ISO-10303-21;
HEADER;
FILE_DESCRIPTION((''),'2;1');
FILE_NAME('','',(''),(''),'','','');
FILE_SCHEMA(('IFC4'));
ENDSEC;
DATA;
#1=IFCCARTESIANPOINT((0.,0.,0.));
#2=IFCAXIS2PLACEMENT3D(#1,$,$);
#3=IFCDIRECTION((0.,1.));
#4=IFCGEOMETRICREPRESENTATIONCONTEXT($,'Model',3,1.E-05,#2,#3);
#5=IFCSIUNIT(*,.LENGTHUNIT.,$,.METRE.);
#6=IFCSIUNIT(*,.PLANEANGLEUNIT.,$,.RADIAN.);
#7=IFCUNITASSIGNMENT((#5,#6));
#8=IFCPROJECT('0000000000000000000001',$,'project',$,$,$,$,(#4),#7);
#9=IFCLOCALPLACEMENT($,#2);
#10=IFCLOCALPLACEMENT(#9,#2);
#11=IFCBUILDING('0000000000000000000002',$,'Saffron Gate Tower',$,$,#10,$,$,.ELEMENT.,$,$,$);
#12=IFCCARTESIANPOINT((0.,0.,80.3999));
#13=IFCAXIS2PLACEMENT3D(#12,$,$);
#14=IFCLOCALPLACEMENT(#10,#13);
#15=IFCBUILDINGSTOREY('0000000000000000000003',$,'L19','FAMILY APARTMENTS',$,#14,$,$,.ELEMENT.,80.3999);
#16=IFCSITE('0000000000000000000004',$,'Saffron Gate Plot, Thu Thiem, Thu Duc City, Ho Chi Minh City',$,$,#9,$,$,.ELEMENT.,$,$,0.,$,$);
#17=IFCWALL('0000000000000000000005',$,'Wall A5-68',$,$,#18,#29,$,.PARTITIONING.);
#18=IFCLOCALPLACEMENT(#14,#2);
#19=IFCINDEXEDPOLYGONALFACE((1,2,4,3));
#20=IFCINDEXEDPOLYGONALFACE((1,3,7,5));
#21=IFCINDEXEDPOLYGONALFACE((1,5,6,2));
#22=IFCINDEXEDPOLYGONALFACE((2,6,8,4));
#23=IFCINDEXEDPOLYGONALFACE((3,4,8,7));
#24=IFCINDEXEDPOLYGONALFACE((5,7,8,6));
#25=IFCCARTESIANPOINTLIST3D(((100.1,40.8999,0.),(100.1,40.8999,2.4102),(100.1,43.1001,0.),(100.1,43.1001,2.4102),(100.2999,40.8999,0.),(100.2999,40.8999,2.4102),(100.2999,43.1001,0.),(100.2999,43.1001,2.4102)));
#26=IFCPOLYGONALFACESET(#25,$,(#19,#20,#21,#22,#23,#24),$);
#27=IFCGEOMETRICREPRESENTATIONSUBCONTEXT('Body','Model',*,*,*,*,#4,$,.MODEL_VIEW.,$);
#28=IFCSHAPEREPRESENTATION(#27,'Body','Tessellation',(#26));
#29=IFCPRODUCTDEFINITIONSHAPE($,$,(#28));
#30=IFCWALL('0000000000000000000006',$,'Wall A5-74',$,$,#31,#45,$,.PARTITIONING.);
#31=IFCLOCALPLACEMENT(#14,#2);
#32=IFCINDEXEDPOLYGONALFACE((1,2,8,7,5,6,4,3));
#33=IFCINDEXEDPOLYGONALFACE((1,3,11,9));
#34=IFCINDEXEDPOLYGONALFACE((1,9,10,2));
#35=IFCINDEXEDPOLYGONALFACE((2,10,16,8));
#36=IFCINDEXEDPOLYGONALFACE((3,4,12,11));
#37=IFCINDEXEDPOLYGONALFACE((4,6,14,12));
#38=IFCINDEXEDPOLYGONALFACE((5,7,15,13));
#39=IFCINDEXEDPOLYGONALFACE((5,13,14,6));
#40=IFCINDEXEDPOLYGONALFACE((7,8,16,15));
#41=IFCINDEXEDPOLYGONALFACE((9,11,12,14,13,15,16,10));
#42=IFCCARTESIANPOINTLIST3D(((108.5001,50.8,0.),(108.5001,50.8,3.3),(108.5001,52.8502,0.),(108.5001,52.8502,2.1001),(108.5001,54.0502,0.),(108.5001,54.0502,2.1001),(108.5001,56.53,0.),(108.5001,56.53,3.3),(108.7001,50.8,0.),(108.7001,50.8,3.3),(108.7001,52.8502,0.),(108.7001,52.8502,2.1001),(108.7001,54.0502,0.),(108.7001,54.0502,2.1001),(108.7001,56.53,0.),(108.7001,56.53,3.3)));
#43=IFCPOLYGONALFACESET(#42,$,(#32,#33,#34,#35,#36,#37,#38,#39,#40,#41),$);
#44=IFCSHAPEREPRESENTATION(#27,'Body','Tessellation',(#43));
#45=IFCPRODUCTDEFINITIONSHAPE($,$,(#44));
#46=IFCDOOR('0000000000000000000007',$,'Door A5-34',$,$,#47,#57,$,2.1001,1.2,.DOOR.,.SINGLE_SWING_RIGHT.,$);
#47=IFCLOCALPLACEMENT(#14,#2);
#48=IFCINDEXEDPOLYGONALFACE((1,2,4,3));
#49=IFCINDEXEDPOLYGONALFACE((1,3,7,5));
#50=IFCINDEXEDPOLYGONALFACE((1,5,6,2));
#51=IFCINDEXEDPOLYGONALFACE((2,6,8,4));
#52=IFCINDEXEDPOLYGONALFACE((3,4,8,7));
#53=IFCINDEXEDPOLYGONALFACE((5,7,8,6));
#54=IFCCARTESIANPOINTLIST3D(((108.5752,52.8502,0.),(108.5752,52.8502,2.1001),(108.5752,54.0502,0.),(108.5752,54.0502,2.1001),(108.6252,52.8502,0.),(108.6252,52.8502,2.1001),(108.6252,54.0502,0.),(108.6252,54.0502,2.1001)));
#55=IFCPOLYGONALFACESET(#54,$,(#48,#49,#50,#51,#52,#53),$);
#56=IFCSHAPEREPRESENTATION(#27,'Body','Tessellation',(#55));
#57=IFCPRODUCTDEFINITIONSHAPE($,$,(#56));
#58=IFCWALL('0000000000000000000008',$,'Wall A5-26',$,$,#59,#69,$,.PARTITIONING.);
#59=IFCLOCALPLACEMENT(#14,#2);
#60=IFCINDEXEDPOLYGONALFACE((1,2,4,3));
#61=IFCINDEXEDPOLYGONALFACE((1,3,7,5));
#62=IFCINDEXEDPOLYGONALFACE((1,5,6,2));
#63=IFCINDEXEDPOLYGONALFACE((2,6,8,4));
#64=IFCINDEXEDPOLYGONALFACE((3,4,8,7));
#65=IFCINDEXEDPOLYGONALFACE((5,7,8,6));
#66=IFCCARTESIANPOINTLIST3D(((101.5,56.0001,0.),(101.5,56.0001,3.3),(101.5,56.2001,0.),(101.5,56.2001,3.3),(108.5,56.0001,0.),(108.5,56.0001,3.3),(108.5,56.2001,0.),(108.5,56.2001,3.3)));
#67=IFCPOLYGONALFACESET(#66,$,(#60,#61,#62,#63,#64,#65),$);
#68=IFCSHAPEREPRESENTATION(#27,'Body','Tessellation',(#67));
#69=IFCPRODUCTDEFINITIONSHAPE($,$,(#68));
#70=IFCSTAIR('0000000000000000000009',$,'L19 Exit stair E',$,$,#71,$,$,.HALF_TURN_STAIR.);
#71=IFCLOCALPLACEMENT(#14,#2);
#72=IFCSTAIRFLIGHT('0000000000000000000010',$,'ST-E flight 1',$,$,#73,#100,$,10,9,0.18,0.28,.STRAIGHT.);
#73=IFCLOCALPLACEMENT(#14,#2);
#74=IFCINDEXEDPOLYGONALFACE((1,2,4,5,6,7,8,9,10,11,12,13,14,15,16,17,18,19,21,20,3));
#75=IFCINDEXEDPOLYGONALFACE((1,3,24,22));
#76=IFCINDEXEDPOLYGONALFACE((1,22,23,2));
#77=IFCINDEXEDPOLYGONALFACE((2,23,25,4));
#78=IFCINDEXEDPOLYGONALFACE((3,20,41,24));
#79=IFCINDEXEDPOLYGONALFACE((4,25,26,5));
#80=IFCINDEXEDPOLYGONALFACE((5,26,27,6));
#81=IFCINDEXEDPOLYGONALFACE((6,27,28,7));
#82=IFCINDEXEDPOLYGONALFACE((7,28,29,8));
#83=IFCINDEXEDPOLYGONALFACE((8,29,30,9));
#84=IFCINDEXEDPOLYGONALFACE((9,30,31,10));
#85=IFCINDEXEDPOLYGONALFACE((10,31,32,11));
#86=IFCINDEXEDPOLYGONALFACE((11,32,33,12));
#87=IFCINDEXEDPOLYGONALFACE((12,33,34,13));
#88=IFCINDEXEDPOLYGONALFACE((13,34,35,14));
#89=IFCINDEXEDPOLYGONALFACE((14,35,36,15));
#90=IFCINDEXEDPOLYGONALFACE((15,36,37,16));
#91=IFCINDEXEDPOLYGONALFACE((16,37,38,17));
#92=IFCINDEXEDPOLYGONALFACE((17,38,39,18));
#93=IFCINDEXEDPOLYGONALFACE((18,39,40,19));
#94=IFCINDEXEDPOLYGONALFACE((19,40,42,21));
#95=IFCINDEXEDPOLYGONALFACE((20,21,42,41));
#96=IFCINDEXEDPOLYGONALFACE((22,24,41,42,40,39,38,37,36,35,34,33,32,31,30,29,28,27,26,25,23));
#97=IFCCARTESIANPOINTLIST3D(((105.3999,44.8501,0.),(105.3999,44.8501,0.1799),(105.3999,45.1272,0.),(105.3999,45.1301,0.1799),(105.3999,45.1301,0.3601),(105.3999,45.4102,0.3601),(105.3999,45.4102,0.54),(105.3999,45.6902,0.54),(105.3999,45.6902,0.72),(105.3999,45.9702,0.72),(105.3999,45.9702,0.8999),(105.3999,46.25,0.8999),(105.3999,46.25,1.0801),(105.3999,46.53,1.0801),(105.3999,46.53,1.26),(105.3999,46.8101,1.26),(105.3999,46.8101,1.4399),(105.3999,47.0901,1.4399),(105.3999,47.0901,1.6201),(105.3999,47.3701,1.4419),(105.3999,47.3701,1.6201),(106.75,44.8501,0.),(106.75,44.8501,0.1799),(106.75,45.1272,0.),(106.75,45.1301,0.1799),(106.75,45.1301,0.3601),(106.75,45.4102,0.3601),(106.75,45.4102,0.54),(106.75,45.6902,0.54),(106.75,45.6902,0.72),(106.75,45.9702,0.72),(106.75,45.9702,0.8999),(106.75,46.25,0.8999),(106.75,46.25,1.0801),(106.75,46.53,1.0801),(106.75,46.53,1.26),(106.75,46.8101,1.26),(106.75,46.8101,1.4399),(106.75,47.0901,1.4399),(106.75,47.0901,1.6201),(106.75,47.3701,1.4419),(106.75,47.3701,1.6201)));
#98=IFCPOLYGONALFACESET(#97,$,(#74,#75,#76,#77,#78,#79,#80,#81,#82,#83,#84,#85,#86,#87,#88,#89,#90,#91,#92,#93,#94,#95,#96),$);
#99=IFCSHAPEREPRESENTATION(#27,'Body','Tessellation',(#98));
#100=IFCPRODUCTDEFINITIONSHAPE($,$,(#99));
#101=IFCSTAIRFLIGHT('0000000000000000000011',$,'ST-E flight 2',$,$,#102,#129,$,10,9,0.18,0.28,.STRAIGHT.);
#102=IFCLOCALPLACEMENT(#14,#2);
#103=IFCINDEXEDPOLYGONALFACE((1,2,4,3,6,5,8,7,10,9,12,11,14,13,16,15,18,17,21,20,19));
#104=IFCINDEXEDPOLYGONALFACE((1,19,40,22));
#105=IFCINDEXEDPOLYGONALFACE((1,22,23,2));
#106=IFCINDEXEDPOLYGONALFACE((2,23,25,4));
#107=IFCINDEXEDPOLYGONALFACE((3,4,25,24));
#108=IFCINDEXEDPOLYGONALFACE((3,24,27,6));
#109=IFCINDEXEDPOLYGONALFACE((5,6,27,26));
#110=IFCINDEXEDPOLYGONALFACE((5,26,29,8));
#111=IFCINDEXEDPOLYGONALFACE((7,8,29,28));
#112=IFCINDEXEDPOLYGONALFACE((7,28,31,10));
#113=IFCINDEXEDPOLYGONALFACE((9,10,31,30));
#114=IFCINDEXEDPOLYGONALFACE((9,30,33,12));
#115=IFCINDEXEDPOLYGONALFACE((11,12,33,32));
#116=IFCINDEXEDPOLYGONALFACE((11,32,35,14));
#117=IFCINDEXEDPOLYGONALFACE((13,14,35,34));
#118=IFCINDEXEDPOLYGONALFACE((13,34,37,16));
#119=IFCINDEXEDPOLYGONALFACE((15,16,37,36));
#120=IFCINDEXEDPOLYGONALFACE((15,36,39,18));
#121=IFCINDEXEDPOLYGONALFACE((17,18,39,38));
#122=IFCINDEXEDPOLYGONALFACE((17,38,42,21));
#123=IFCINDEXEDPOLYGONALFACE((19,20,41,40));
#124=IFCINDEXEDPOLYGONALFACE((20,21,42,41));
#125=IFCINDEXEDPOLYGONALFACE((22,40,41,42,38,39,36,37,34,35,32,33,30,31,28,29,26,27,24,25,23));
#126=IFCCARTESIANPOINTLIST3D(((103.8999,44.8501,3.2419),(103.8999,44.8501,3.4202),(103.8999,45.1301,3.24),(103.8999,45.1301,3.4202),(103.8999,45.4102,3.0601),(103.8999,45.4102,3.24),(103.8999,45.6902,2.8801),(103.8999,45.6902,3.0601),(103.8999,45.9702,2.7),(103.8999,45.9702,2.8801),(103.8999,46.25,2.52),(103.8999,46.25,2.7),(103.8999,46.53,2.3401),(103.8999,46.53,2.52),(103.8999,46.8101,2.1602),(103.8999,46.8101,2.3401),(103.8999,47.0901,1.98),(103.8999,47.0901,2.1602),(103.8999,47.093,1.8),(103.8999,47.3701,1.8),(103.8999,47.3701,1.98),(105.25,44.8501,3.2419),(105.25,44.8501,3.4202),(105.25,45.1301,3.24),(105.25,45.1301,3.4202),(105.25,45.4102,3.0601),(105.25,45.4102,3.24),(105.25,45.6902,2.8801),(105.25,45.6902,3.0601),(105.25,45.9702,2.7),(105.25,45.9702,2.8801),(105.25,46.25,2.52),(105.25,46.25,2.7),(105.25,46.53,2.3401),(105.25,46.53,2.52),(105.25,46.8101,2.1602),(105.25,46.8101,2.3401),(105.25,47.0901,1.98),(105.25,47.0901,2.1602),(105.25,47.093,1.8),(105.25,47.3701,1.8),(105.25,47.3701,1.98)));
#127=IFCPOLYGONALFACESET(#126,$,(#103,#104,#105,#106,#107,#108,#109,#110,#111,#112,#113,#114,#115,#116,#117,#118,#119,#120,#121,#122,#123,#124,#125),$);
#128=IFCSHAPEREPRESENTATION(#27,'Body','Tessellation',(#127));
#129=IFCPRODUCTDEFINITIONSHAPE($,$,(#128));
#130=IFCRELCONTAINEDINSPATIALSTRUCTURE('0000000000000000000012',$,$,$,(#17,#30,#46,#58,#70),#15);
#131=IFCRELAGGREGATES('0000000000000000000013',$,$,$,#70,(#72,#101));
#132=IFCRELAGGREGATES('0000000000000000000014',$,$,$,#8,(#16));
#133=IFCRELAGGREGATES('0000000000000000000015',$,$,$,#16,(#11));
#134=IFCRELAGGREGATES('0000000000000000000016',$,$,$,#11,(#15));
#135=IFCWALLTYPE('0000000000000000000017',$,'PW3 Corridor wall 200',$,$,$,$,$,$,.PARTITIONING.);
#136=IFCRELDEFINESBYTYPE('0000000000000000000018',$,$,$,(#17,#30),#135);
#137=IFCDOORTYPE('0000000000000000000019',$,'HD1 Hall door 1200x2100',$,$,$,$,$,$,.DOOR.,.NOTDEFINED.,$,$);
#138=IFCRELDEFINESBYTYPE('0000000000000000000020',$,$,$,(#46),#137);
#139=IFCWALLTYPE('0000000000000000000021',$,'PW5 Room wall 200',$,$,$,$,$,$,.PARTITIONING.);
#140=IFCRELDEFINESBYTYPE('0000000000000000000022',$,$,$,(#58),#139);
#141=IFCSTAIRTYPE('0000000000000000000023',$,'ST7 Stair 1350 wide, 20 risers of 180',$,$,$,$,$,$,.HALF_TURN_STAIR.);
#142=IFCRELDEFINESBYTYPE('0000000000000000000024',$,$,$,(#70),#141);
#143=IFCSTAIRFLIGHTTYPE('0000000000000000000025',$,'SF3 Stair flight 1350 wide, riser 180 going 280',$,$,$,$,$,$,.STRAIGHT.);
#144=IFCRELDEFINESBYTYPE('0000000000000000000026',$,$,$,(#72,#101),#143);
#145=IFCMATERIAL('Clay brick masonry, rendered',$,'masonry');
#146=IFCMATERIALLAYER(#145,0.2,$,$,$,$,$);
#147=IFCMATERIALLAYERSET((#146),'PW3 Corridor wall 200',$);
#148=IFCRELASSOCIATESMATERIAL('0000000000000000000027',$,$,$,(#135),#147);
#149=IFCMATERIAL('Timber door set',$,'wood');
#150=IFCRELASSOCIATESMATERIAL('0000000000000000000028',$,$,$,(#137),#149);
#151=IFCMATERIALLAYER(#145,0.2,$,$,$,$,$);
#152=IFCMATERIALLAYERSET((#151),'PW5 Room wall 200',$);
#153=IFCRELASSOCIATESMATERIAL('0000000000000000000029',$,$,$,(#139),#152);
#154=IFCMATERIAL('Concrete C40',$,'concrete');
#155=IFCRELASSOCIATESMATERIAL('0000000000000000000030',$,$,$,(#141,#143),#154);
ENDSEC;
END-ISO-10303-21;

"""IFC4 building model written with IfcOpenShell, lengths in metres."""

from ifc_helpers import new_model, si_unit, direction, frame, frame_2d, origin, place, context, subcontext, project, spatial, polyline, rectangle, outline, extrude, material, layer, layer_set, type_object, element, fill, aggregate, save


model = new_model("IFC4")

# Units and contexts
model_context = context("Model", 3, precision=1e-05, world=origin(), true_north=direction((0.0, 1.0)))
body_context = subcontext(model_context, "Body", "Model", "MODEL_VIEW")
ifc_project = project(units=[si_unit("LENGTHUNIT", "METRE"), si_unit("PLANEANGLEUNIT", "RADIAN")], contexts=[model_context])

# Site, building, storey
site_placement = place(None, origin())
site = spatial("IfcSite", under=ifc_project, at=site_placement, Name="Saffron Gate Plot, Thu Thiem, Thu Duc City, Ho Chi Minh City", CompositionType="ELEMENT", RefElevation=0.0)
building_placement = place(site_placement, origin())
building = spatial("IfcBuilding", under=site, at=building_placement, Name="Saffron Gate Tower", CompositionType="ELEMENT")
storey_placement = place(building_placement, frame((0.0, 0.0, 80.3999)))
storey = spatial("IfcBuildingStorey", under=building, at=storey_placement, Name="L19", Description="FAMILY APARTMENTS", CompositionType="ELEMENT", Elevation=80.3999)

# Shared definitions
ifc_material_1 = material(Name="Clay brick masonry, rendered", Category="masonry")
ifc_layer_1 = layer(ifc_material_1, 0.2)
ifc_layer_set_1 = layer_set([ifc_layer_1], Name="PW3 Corridor wall 200")
wall_type_1 = type_object("IfcWallType", Name="PW3 Corridor wall 200", PredefinedType="PARTITIONING", material=ifc_layer_set_1)
ifc_material_2 = material(Name="Timber door set", Category="wood")
door_type_1 = type_object("IfcDoorType", Name="HD1 Hall door 1200x2100", OperationType="NOTDEFINED", PredefinedType="DOOR", material=ifc_material_2)

# Wall
wall_1_placement = place(storey_placement, frame((100.2, 43.1001, 0.0), z_axis=(0.0, 0.0, 1.0), x_axis=(0.0, -1.0, 0.0)))
element("IfcWall", 1, at=wall_1_placement, inside=storey, type_object=wall_type_1, Name="Wall A5-68", PredefinedType="PARTITIONING", context=body_context, shape_type="SweptSolid", body=[
    extrude(rectangle(XDim=2.2002, YDim=0.2, at=frame_2d((1.1001, 0.0))), origin(), (0.0, 0.0, 1.0), 2.4102),
])

# Wall, opening, door
wall_2_placement = place(storey_placement, frame((108.6001, 50.8, 0.0), z_axis=(0.0, 0.0, 1.0), x_axis=(0.0, 1.0, 0.0)))
wall_2 = element("IfcWall", 2, at=wall_2_placement, inside=storey, type_object=wall_type_1, Name="Wall A5-74", PredefinedType="PARTITIONING", context=body_context, shape_type="SweptSolid", body=[
    extrude(rectangle(XDim=5.73, YDim=0.2, at=frame_2d((2.865, 0.0))), origin(), (0.0, 0.0, 1.0), 3.3),
])
opening_1_placement = place(wall_2_placement, frame((2.05, 0.0, 0.0)))
opening_1 = element("IfcOpeningElement", 3, at=opening_1_placement, cuts=wall_2, PredefinedType="OPENING", context=body_context, shape_type="SweptSolid", body=[
    extrude(rectangle(XDim=1.2, YDim=2.1001, at=frame_2d((0.6001, 1.05))), frame((0.0, 0.1099, 0.0), z_axis=(0.0, -1.0, 0.0), x_axis=(1.0, 0.0, 0.0)), (0.0, 0.0, 1.0), 0.22),
])
door_1_placement = place(opening_1_placement, origin())
door_1 = element("IfcDoor", 4, at=door_1_placement, inside=storey, type_object=door_type_1, Name="Door A5-34", OperationType="SINGLE_SWING_RIGHT", OverallHeight=2.1001, OverallWidth=1.2, PredefinedType="DOOR", context=body_context, shape_type="SweptSolid", body=[
    extrude(rectangle(XDim=1.2, YDim=2.1001, at=frame_2d((0.6001, 1.05))), frame((0.0, 0.0249, 0.0), z_axis=(0.0, -1.0, 0.0), x_axis=(1.0, 0.0, 0.0)), (0.0, 0.0, 1.0), 0.05),
])
fill(opening_1, door_1)

# Wall
ifc_layer_2 = layer(ifc_material_1, 0.2)
ifc_layer_set_2 = layer_set([ifc_layer_2], Name="PW5 Room wall 200")
wall_type_2 = type_object("IfcWallType", Name="PW5 Room wall 200", PredefinedType="PARTITIONING", material=ifc_layer_set_2)
wall_3_placement = place(storey_placement, frame((101.5, 56.1001, 0.0), z_axis=(0.0, 0.0, 1.0), x_axis=(1.0, 0.0, 0.0)))
element("IfcWall", 5, at=wall_3_placement, inside=storey, type_object=wall_type_2, Name="Wall A5-26", PredefinedType="PARTITIONING", context=body_context, shape_type="SweptSolid", body=[
    extrude(rectangle(XDim=7.0, YDim=0.2, at=frame_2d((3.5, 0.0))), origin(), (0.0, 0.0, 1.0), 3.3),
])

# Stair, stair flights
ifc_material_3 = material(Name="Concrete C40", Category="concrete")
stair_type = type_object("IfcStairType", Name="ST7 Stair 1350 wide, 20 risers of 180", PredefinedType="HALF_TURN_STAIR", material=ifc_material_3)
stair_placement = place(storey_placement, origin())
stair = element("IfcStair", 6, at=stair_placement, inside=storey, type_object=stair_type, Name="L19 Exit stair E", PredefinedType="HALF_TURN_STAIR")
stair_flight_type = type_object("IfcStairFlightType", Name="SF3 Stair flight 1350 wide, riser 180 going 280", PredefinedType="STRAIGHT", material=ifc_material_3)
stair_flight_1_placement = place(storey_placement, frame((106.075, 44.8501, 0.0), z_axis=(0.0, 0.0, 1.0), x_axis=(0.0, 1.0, 0.0)))
stair_flight_1 = element("IfcStairFlight", 7, at=stair_flight_1_placement, type_object=stair_flight_type, Name="ST-E flight 1", NumberOfRisers=10, NumberOfTreads=9, PredefinedType="STRAIGHT", RiserHeight=0.18, TreadLength=0.28, context=body_context, shape_type="SweptSolid", body=[
    extrude(outline(polyline([(0.0, 0.0), (0.0, 0.1799), (0.28, 0.1799), (0.28, 0.3601), (0.5601, 0.3601), (0.5601, 0.54), (0.8401, 0.54), (0.8401, 0.72), (1.1201, 0.72), (1.1201, 0.8999), (1.3999, 0.8999), (1.3999, 1.0801), (1.6799, 1.0801), (1.6799, 1.26), (1.96, 1.26), (1.96, 1.4399), (2.24, 1.4399), (2.24, 1.6201), (2.52, 1.6201), (2.52, 1.8), (2.52, 1.4419), (0.2771, 0.0), (0.0, 0.0)])), frame((0.0, 0.675, 0.0), z_axis=(0.0, -1.0, 0.0), x_axis=(1.0, 0.0, 0.0)), (0.0, 0.0, 1.0), 1.3501),
])
stair_flight_2_placement = place(storey_placement, frame((104.575, 47.3701, 1.8), z_axis=(0.0, 0.0, 1.0), x_axis=(0.0, -1.0, 0.0)))
stair_flight_2 = element("IfcStairFlight", 8, at=stair_flight_2_placement, type_object=stair_flight_type, Name="ST-E flight 2", NumberOfRisers=10, NumberOfTreads=9, PredefinedType="STRAIGHT", RiserHeight=0.18, TreadLength=0.28, context=body_context, shape_type="SweptSolid", body=[
    extrude(outline(polyline([(0.0, 0.0), (0.0, 0.1799), (0.28, 0.1799), (0.28, 0.3601), (0.5601, 0.3601), (0.5601, 0.54), (0.8401, 0.54), (0.8401, 0.72), (1.1201, 0.72), (1.1201, 0.8999), (1.3999, 0.8999), (1.3999, 1.0801), (1.6799, 1.0801), (1.6799, 1.26), (1.96, 1.26), (1.96, 1.4399), (2.24, 1.4399), (2.24, 1.6201), (2.52, 1.6201), (2.52, 1.8), (2.52, 1.4419), (0.2771, 0.0), (0.0, 0.0)])), frame((0.0, 0.675, 0.0), z_axis=(0.0, -1.0, 0.0), x_axis=(1.0, 0.0, 0.0)), (0.0, 0.0, 1.0), 1.3501),
])
aggregate(stair, [stair_flight_1, stair_flight_2])

save(model, "model.ifc")
